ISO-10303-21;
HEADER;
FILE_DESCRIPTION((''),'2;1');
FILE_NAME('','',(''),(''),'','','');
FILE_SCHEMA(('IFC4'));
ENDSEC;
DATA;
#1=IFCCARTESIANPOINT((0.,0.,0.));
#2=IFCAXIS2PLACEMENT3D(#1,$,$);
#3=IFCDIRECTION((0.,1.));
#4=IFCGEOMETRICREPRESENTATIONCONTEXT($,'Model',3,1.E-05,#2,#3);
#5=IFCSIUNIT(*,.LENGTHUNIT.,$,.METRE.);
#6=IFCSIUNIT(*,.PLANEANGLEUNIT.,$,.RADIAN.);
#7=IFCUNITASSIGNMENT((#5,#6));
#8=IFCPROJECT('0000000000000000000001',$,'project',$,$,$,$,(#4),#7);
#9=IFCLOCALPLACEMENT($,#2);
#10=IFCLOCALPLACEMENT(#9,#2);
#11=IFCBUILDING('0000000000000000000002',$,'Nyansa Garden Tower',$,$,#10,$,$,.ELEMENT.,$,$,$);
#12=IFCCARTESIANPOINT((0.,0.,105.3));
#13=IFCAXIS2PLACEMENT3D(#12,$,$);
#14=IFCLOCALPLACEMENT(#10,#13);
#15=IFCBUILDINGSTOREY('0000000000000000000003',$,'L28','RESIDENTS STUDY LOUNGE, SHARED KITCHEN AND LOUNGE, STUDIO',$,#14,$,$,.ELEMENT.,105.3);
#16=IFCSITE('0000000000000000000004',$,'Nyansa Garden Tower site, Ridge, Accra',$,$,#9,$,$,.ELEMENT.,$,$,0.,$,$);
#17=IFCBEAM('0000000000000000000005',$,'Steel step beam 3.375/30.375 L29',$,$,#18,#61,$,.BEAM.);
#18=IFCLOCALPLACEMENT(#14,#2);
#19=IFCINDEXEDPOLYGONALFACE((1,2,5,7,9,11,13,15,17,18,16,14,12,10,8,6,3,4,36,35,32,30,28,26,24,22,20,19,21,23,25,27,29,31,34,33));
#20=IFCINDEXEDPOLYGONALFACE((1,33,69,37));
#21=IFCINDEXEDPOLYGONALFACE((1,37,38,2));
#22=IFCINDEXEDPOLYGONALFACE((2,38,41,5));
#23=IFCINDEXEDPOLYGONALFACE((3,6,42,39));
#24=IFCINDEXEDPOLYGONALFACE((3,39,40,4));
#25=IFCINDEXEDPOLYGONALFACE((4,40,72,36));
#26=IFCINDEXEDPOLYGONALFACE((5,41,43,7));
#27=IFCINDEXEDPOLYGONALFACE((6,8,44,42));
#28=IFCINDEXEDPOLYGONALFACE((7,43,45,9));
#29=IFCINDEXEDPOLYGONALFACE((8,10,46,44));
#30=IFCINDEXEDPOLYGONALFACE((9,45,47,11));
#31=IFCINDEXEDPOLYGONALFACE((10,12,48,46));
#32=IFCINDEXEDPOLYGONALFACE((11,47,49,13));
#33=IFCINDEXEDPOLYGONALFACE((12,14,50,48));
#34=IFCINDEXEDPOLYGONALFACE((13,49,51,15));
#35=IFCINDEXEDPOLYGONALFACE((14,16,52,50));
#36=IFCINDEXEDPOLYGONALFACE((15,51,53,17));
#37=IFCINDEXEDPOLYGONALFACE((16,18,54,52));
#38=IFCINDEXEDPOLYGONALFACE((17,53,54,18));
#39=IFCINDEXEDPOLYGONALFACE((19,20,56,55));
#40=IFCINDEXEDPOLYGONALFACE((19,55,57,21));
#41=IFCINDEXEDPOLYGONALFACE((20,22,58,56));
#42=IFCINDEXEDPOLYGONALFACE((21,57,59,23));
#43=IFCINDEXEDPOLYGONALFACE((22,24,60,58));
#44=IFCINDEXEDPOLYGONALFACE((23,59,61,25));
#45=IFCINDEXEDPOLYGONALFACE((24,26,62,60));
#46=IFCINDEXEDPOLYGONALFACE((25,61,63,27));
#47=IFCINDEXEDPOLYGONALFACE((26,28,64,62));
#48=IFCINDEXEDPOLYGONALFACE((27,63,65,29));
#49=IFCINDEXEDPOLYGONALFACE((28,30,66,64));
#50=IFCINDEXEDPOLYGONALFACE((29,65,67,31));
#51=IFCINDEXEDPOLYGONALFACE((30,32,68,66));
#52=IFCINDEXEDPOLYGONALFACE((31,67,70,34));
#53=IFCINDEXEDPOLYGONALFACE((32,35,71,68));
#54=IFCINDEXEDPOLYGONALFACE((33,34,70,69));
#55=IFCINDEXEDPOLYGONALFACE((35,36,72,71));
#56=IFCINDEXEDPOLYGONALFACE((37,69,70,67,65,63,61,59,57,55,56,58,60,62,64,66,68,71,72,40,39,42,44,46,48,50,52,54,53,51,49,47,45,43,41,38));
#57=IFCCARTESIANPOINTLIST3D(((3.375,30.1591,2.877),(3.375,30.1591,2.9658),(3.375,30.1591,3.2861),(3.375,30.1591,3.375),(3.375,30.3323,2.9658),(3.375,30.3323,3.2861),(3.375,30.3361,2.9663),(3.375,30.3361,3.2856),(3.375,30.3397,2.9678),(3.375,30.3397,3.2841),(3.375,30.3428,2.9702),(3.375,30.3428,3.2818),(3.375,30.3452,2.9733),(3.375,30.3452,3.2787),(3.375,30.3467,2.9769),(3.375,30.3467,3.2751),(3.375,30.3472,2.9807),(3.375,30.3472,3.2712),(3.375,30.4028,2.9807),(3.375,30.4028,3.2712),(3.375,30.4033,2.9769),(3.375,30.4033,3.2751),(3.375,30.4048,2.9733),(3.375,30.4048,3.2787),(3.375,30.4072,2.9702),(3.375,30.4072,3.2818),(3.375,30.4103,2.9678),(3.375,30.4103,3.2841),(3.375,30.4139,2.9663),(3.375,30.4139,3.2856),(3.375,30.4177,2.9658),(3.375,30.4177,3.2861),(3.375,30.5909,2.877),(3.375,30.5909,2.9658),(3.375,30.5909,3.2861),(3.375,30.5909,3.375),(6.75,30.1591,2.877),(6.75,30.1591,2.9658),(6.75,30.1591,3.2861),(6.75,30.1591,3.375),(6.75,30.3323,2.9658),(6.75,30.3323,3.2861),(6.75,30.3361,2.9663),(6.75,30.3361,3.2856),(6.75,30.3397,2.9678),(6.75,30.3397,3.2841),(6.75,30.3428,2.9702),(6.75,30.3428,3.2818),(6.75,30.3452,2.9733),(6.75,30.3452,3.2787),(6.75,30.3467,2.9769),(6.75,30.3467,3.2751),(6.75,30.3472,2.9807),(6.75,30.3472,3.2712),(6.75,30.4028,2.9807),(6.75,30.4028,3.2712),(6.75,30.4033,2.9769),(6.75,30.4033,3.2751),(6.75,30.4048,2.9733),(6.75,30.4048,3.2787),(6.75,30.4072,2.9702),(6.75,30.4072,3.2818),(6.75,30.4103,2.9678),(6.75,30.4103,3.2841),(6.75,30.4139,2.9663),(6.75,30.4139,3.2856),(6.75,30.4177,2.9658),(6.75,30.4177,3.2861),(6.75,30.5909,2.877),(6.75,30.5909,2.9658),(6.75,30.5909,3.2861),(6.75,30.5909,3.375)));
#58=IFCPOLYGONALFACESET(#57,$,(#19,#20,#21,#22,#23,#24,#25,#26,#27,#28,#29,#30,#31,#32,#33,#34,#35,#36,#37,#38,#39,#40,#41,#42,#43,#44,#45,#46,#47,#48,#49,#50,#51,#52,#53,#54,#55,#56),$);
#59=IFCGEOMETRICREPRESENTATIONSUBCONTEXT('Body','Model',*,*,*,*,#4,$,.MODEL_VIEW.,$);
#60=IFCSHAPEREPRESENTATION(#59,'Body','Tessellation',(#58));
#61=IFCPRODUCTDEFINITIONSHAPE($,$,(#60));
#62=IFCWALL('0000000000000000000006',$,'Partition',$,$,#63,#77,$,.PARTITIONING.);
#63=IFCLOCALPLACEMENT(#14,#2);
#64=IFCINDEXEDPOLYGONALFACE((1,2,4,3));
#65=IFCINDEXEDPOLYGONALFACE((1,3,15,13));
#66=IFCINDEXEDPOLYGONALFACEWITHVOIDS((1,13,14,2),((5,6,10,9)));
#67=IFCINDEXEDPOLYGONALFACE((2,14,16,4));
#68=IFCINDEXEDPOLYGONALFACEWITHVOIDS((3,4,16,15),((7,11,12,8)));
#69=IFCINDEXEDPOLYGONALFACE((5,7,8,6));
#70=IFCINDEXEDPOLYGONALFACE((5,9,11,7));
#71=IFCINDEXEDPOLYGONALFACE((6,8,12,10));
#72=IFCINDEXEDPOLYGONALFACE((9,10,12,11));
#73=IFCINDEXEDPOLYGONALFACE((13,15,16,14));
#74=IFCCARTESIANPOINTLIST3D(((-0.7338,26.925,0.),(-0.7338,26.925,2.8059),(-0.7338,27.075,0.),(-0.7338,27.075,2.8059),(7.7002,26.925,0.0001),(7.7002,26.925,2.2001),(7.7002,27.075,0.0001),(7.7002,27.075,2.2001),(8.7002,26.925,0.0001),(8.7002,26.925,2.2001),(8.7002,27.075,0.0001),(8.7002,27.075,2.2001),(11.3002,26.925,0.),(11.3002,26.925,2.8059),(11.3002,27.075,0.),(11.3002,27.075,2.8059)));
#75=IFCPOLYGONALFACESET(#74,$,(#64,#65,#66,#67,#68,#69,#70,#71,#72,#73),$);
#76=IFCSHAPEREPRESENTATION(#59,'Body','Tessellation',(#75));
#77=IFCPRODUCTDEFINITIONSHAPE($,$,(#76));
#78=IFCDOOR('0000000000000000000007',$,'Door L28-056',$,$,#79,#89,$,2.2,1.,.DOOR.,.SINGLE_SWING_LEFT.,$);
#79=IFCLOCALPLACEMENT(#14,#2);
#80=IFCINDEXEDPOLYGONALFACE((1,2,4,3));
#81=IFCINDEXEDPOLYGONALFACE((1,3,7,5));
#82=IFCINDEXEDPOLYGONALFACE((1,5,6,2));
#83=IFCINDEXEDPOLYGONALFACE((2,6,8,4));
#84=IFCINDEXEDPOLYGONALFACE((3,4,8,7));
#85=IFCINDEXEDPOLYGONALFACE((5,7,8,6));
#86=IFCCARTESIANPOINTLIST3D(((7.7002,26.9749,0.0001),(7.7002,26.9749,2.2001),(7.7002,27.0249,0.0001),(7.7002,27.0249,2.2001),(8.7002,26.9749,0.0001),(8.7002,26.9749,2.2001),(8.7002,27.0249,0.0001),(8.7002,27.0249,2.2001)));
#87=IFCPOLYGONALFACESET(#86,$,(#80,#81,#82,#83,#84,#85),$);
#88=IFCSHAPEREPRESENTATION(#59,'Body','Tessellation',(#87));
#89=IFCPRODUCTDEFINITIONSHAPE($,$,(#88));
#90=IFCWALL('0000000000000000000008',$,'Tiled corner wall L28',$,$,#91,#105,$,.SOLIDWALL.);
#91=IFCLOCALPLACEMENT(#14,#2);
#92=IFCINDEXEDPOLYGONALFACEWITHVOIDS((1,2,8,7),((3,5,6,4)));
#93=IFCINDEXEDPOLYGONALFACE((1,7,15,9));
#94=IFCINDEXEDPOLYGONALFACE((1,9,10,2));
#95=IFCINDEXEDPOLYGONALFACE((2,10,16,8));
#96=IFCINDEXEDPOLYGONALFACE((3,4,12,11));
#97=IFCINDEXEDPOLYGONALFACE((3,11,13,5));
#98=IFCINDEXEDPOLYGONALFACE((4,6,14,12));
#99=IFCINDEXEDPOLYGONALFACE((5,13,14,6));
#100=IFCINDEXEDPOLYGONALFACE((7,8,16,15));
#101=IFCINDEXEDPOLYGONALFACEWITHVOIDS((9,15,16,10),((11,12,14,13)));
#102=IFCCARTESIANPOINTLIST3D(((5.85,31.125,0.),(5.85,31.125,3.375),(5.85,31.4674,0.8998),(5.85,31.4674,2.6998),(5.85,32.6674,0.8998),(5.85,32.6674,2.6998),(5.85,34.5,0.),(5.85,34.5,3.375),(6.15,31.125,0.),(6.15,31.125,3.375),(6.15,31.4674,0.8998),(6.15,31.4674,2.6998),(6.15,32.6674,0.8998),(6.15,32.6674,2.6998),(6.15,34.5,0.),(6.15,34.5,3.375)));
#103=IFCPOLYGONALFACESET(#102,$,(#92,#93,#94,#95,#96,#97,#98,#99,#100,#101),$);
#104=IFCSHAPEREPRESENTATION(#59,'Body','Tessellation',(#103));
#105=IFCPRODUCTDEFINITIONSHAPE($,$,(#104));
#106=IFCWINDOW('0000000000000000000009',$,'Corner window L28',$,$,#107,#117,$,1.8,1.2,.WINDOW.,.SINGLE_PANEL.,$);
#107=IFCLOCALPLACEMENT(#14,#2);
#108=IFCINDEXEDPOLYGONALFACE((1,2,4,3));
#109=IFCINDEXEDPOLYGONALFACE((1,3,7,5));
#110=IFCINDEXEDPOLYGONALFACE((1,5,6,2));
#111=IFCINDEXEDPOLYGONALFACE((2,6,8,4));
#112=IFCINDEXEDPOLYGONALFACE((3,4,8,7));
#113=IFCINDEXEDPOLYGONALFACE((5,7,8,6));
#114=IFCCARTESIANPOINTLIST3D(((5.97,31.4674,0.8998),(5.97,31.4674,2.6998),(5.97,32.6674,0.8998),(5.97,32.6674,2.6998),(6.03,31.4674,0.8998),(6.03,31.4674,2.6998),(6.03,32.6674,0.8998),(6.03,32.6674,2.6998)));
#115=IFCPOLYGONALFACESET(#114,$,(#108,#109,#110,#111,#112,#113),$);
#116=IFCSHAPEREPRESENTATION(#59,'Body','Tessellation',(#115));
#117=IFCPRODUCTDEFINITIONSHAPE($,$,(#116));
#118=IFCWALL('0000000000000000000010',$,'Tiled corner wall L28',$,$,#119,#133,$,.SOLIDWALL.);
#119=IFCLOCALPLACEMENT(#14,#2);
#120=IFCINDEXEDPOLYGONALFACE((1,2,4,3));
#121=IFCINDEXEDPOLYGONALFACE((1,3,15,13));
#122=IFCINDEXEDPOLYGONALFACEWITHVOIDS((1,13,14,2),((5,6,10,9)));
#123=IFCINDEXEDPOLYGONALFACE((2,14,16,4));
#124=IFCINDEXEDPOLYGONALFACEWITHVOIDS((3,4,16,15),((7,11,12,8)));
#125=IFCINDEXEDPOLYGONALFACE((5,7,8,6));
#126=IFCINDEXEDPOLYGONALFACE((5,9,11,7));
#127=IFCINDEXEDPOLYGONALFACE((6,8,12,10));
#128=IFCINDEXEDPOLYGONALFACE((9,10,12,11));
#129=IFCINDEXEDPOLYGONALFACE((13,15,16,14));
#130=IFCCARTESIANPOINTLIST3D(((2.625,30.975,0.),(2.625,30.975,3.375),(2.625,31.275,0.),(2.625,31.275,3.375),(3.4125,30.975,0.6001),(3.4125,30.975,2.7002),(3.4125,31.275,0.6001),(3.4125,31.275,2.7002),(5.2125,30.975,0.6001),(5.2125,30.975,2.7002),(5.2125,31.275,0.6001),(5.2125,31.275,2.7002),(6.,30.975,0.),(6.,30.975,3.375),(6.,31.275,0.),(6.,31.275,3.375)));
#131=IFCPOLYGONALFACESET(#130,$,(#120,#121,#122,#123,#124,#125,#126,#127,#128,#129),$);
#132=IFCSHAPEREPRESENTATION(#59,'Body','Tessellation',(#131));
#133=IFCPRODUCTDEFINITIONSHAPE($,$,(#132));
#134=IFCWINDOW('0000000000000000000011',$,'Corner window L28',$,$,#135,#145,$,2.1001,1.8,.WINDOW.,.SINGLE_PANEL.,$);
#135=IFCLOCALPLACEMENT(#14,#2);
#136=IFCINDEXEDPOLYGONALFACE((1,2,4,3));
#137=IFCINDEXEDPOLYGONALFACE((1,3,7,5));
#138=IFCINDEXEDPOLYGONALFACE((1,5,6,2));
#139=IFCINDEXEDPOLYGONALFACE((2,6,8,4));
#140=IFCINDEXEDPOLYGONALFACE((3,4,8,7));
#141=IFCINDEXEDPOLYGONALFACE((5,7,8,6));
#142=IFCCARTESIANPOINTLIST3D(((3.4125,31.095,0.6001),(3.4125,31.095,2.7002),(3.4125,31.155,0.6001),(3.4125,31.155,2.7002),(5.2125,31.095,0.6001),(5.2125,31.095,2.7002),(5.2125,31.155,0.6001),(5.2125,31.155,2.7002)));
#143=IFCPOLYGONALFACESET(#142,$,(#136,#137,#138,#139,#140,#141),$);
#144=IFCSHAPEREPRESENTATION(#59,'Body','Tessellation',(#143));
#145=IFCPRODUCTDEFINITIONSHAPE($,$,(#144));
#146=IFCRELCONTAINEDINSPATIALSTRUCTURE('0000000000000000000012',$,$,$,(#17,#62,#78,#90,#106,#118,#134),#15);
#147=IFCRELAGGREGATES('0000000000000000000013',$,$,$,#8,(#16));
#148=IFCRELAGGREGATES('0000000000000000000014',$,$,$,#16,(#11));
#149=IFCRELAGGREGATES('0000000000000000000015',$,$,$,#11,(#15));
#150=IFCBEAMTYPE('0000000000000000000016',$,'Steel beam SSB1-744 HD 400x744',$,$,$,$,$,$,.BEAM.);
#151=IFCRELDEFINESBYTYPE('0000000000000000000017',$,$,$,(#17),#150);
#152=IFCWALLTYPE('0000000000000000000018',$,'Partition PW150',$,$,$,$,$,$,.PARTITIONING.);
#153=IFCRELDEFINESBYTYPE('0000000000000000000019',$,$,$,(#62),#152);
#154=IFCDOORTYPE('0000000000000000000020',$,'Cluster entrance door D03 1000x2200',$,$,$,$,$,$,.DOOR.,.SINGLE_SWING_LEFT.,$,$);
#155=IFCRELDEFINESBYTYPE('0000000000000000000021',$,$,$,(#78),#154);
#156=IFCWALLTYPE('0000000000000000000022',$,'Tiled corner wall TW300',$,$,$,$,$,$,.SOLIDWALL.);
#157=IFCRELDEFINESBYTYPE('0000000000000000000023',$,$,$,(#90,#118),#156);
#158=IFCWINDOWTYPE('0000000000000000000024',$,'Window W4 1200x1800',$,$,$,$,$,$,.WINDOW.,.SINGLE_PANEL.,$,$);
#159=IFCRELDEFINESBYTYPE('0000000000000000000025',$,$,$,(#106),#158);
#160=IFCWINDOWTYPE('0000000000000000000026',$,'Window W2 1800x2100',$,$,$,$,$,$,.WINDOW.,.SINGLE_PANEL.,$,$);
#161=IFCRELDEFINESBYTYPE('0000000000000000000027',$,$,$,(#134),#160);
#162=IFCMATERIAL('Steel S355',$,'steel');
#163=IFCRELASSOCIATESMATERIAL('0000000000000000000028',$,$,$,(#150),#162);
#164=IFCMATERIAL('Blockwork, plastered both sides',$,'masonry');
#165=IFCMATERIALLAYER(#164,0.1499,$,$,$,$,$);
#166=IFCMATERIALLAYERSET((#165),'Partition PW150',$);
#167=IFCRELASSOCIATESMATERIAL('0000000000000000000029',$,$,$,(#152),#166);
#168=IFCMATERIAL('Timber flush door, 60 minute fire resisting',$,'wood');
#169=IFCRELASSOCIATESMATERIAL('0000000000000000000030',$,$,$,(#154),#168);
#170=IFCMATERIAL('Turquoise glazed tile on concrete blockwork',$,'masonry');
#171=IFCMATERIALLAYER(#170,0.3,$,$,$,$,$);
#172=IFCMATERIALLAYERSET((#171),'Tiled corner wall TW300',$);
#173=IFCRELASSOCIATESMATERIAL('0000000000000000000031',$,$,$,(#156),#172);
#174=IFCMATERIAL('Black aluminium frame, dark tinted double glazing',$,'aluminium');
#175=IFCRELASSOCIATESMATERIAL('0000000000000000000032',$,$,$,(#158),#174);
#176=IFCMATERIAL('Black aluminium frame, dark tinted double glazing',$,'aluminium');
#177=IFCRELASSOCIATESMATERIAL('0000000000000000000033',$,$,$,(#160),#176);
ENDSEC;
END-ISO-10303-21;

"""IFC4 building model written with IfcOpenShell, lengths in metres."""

from ifc_helpers import new_model, si_unit, direction, frame, frame_2d, origin, origin_2d, place, context, subcontext, project, spatial, rectangle, i_section, extrude, material, layer, layer_set, material_profile, profile_set, type_object, element, fill, save


model = new_model("IFC4")

# Units and contexts
model_context = context("Model", 3, precision=1e-05, world=origin(), true_north=direction((0.0, 1.0)))
body_context = subcontext(model_context, "Body", "Model", "MODEL_VIEW")
ifc_project = project(units=[si_unit("LENGTHUNIT", "METRE"), si_unit("PLANEANGLEUNIT", "RADIAN")], contexts=[model_context])

# Site, building, storey
site_placement = place(None, origin())
site = spatial("IfcSite", under=ifc_project, at=site_placement, Name="Nyansa Garden Tower site, Ridge, Accra", CompositionType="ELEMENT", RefElevation=0.0)
building_placement = place(site_placement, origin())
building = spatial("IfcBuilding", under=site, at=building_placement, Name="Nyansa Garden Tower", CompositionType="ELEMENT")
storey_placement = place(building_placement, frame((0.0, 0.0, 105.3)))
storey = spatial("IfcBuildingStorey", under=building, at=storey_placement, Name="L28", Description="RESIDENTS STUDY LOUNGE, SHARED KITCHEN AND LOUNGE, STUDIO", CompositionType="ELEMENT", Elevation=105.3)

# Beam
ifc_material_1 = material(Name="Steel S355", Category="steel")
ifc_material_profile_1 = material_profile(ifc_material_1, i_section(OverallWidth=0.4319, OverallDepth=0.498, WebThickness=0.0557, FlangeThickness=0.0889, FilletRadius=0.0149, at=origin_2d()), Name="HD 400x744")
ifc_profile_set_1 = profile_set([ifc_material_profile_1], Name="Steel S355")
beam_type_1 = type_object("IfcBeamType", Name="Steel beam SSB1-744 HD 400x744", PredefinedType="BEAM", material=ifc_profile_set_1)
for number, where, z_axis, x_axis, name in (
    (1, (3.375, 30.375, 3.126), (1.0, 0.0, 0.0), (0.0, 1.0, 0.0), "Steel step beam 3.375/30.375 L29"),
):
    element("IfcBeam", number, at=place(storey_placement, frame(where, z_axis=z_axis, x_axis=x_axis)), inside=storey, type_object=beam_type_1, Name=name, PredefinedType="BEAM", context=body_context, shape_type="SweptSolid", body=[
        extrude(i_section(OverallWidth=0.4319, OverallDepth=0.498, WebThickness=0.0557, FlangeThickness=0.0889, FilletRadius=0.0149, at=origin_2d()), origin(), (0.0, 0.0, 1.0), 3.375),
    ])

# Wall, opening, door
ifc_material_2 = material(Name="Blockwork, plastered both sides", Category="masonry")
ifc_layer_1 = layer(ifc_material_2, 0.1499)
ifc_layer_set_1 = layer_set([ifc_layer_1], Name="Partition PW150")
wall_type_1 = type_object("IfcWallType", Name="Partition PW150", PredefinedType="PARTITIONING", material=ifc_layer_set_1)
wall_1_placement = place(storey_placement, frame((-0.7339, 27.0, 0.0), z_axis=(0.0, 0.0, 1.0), x_axis=(1.0, 0.0, 0.0)))
wall_1 = element("IfcWall", 2, at=wall_1_placement, inside=storey, type_object=wall_type_1, Name="Partition", PredefinedType="PARTITIONING", context=body_context, shape_type="SweptSolid", body=[
    extrude(rectangle(XDim=12.0339, YDim=0.1499, at=frame_2d((6.0171, 0.0))), origin(), (0.0, 0.0, 1.0), 2.8059),
])
opening_1_placement = place(wall_1_placement, frame((8.4341, 0.0, 0.0)))
opening_1 = element("IfcOpeningElement", 3, at=opening_1_placement, cuts=wall_1, PredefinedType="OPENING", context=body_context, shape_type="SweptSolid", body=[
    extrude(rectangle(XDim=1.0, YDim=2.2, at=frame_2d((0.5, 1.1001))), frame((0.0, 0.085, 0.0), z_axis=(0.0, -1.0, 0.0), x_axis=(1.0, 0.0, 0.0)), (0.0, 0.0, 1.0), 0.1699),
])
ifc_material_3 = material(Name="Timber flush door, 60 minute fire resisting", Category="wood")
door_type = type_object("IfcDoorType", Name="Cluster entrance door D03 1000x2200", OperationType="SINGLE_SWING_LEFT", PredefinedType="DOOR", material=ifc_material_3)
door_placement = place(opening_1_placement, origin())
door = element("IfcDoor", 4, at=door_placement, inside=storey, type_object=door_type, Name="Door L28-056", OperationType="SINGLE_SWING_LEFT", OverallHeight=2.2, OverallWidth=1.0, PredefinedType="DOOR", context=body_context, shape_type="SweptSolid", body=[
    extrude(rectangle(XDim=1.0, YDim=2.2, at=frame_2d((0.5, 1.1001))), frame((0.0, 0.0249, 0.0), z_axis=(0.0, -1.0, 0.0), x_axis=(1.0, 0.0, 0.0)), (0.0, 0.0, 1.0), 0.05),
])
fill(opening_1, door)

# Walls, openings, windows
ifc_material_4 = material(Name="Turquoise glazed tile on concrete blockwork", Category="masonry")
ifc_layer_2 = layer(ifc_material_4, 0.3)
ifc_layer_set_2 = layer_set([ifc_layer_2], Name="Tiled corner wall TW300")
wall_type_2 = type_object("IfcWallType", Name="Tiled corner wall TW300", PredefinedType="SOLIDWALL", material=ifc_layer_set_2)
wall_2_placement = place(storey_placement, frame((6.0, 34.5, 0.0), z_axis=(0.0, 0.0, 1.0), x_axis=(0.0, -1.0, 0.0)))
wall_2 = element("IfcWall", 5, at=wall_2_placement, inside=storey, type_object=wall_type_2, Name="Tiled corner wall L28", PredefinedType="SOLIDWALL", context=body_context, shape_type="SweptSolid", body=[
    extrude(rectangle(XDim=3.375, YDim=0.3, at=frame_2d((1.6875, 0.0))), origin(), (0.0, 0.0, 1.0), 3.375),
])
opening_2_placement = place(wall_2_placement, frame((1.8325, 0.0, 0.8999)))
opening_2 = element("IfcOpeningElement", 6, at=opening_2_placement, cuts=wall_2, PredefinedType="OPENING", context=body_context, shape_type="SweptSolid", body=[
    extrude(rectangle(XDim=1.2, YDim=1.8, at=frame_2d((0.6001, 0.8999))), frame((0.0, 0.1599, 0.0), z_axis=(0.0, -1.0, 0.0), x_axis=(1.0, 0.0, 0.0)), (0.0, 0.0, 1.0), 0.3201),
])
ifc_material_5 = material(Name="Black aluminium frame, dark tinted double glazing", Category="aluminium")
window_type_1 = type_object("IfcWindowType", Name="Window W4 1200x1800", PartitioningType="SINGLE_PANEL", PredefinedType="WINDOW", material=ifc_material_5)
window_1_placement = place(opening_2_placement, origin())
window_1 = element("IfcWindow", 7, at=window_1_placement, inside=storey, type_object=window_type_1, Name="Corner window L28", OverallHeight=1.8, OverallWidth=1.2, PartitioningType="SINGLE_PANEL", PredefinedType="WINDOW", context=body_context, shape_type="SweptSolid", body=[
    extrude(rectangle(XDim=1.2, YDim=1.8, at=frame_2d((0.6001, 0.8999))), frame((0.0, 0.03, 0.0), z_axis=(0.0, -1.0, 0.0), x_axis=(1.0, 0.0, 0.0)), (0.0, 0.0, 1.0), 0.0601),
])
fill(opening_2, window_1)
wall_3_placement = place(storey_placement, frame((6.0, 31.125, 0.0), z_axis=(0.0, 0.0, 1.0), x_axis=(-1.0, 0.0, 0.0)))
wall_3 = element("IfcWall", 8, at=wall_3_placement, inside=storey, type_object=wall_type_2, Name="Tiled corner wall L28", PredefinedType="SOLIDWALL", context=body_context, shape_type="SweptSolid", body=[
    extrude(rectangle(XDim=3.375, YDim=0.3, at=frame_2d((1.6875, 0.0))), origin(), (0.0, 0.0, 1.0), 3.375),
])
opening_3_placement = place(wall_3_placement, frame((0.7876, 0.0, 0.6001)))
opening_3 = element("IfcOpeningElement", 9, at=opening_3_placement, cuts=wall_3, PredefinedType="OPENING", context=body_context, shape_type="SweptSolid", body=[
    extrude(rectangle(XDim=1.8, YDim=2.1001, at=frame_2d((0.8999, 1.05))), frame((0.0, 0.1599, 0.0), z_axis=(0.0, -1.0, 0.0), x_axis=(1.0, 0.0, 0.0)), (0.0, 0.0, 1.0), 0.3201),
])
ifc_material_6 = material(Name="Black aluminium frame, dark tinted double glazing", Category="aluminium")
window_type_2 = type_object("IfcWindowType", Name="Window W2 1800x2100", PartitioningType="SINGLE_PANEL", PredefinedType="WINDOW", material=ifc_material_6)
window_2_placement = place(opening_3_placement, origin())
window_2 = element("IfcWindow", 10, at=window_2_placement, inside=storey, type_object=window_type_2, Name="Corner window L28", OverallHeight=2.1001, OverallWidth=1.8, PartitioningType="SINGLE_PANEL", PredefinedType="WINDOW", context=body_context, shape_type="SweptSolid", body=[
    extrude(rectangle(XDim=1.8, YDim=2.1001, at=frame_2d((0.8999, 1.05))), frame((0.0, 0.03, 0.0), z_axis=(0.0, -1.0, 0.0), x_axis=(1.0, 0.0, 0.0)), (0.0, 0.0, 1.0), 0.0601),
])
fill(opening_3, window_2)

save(model, "model.ifc")
